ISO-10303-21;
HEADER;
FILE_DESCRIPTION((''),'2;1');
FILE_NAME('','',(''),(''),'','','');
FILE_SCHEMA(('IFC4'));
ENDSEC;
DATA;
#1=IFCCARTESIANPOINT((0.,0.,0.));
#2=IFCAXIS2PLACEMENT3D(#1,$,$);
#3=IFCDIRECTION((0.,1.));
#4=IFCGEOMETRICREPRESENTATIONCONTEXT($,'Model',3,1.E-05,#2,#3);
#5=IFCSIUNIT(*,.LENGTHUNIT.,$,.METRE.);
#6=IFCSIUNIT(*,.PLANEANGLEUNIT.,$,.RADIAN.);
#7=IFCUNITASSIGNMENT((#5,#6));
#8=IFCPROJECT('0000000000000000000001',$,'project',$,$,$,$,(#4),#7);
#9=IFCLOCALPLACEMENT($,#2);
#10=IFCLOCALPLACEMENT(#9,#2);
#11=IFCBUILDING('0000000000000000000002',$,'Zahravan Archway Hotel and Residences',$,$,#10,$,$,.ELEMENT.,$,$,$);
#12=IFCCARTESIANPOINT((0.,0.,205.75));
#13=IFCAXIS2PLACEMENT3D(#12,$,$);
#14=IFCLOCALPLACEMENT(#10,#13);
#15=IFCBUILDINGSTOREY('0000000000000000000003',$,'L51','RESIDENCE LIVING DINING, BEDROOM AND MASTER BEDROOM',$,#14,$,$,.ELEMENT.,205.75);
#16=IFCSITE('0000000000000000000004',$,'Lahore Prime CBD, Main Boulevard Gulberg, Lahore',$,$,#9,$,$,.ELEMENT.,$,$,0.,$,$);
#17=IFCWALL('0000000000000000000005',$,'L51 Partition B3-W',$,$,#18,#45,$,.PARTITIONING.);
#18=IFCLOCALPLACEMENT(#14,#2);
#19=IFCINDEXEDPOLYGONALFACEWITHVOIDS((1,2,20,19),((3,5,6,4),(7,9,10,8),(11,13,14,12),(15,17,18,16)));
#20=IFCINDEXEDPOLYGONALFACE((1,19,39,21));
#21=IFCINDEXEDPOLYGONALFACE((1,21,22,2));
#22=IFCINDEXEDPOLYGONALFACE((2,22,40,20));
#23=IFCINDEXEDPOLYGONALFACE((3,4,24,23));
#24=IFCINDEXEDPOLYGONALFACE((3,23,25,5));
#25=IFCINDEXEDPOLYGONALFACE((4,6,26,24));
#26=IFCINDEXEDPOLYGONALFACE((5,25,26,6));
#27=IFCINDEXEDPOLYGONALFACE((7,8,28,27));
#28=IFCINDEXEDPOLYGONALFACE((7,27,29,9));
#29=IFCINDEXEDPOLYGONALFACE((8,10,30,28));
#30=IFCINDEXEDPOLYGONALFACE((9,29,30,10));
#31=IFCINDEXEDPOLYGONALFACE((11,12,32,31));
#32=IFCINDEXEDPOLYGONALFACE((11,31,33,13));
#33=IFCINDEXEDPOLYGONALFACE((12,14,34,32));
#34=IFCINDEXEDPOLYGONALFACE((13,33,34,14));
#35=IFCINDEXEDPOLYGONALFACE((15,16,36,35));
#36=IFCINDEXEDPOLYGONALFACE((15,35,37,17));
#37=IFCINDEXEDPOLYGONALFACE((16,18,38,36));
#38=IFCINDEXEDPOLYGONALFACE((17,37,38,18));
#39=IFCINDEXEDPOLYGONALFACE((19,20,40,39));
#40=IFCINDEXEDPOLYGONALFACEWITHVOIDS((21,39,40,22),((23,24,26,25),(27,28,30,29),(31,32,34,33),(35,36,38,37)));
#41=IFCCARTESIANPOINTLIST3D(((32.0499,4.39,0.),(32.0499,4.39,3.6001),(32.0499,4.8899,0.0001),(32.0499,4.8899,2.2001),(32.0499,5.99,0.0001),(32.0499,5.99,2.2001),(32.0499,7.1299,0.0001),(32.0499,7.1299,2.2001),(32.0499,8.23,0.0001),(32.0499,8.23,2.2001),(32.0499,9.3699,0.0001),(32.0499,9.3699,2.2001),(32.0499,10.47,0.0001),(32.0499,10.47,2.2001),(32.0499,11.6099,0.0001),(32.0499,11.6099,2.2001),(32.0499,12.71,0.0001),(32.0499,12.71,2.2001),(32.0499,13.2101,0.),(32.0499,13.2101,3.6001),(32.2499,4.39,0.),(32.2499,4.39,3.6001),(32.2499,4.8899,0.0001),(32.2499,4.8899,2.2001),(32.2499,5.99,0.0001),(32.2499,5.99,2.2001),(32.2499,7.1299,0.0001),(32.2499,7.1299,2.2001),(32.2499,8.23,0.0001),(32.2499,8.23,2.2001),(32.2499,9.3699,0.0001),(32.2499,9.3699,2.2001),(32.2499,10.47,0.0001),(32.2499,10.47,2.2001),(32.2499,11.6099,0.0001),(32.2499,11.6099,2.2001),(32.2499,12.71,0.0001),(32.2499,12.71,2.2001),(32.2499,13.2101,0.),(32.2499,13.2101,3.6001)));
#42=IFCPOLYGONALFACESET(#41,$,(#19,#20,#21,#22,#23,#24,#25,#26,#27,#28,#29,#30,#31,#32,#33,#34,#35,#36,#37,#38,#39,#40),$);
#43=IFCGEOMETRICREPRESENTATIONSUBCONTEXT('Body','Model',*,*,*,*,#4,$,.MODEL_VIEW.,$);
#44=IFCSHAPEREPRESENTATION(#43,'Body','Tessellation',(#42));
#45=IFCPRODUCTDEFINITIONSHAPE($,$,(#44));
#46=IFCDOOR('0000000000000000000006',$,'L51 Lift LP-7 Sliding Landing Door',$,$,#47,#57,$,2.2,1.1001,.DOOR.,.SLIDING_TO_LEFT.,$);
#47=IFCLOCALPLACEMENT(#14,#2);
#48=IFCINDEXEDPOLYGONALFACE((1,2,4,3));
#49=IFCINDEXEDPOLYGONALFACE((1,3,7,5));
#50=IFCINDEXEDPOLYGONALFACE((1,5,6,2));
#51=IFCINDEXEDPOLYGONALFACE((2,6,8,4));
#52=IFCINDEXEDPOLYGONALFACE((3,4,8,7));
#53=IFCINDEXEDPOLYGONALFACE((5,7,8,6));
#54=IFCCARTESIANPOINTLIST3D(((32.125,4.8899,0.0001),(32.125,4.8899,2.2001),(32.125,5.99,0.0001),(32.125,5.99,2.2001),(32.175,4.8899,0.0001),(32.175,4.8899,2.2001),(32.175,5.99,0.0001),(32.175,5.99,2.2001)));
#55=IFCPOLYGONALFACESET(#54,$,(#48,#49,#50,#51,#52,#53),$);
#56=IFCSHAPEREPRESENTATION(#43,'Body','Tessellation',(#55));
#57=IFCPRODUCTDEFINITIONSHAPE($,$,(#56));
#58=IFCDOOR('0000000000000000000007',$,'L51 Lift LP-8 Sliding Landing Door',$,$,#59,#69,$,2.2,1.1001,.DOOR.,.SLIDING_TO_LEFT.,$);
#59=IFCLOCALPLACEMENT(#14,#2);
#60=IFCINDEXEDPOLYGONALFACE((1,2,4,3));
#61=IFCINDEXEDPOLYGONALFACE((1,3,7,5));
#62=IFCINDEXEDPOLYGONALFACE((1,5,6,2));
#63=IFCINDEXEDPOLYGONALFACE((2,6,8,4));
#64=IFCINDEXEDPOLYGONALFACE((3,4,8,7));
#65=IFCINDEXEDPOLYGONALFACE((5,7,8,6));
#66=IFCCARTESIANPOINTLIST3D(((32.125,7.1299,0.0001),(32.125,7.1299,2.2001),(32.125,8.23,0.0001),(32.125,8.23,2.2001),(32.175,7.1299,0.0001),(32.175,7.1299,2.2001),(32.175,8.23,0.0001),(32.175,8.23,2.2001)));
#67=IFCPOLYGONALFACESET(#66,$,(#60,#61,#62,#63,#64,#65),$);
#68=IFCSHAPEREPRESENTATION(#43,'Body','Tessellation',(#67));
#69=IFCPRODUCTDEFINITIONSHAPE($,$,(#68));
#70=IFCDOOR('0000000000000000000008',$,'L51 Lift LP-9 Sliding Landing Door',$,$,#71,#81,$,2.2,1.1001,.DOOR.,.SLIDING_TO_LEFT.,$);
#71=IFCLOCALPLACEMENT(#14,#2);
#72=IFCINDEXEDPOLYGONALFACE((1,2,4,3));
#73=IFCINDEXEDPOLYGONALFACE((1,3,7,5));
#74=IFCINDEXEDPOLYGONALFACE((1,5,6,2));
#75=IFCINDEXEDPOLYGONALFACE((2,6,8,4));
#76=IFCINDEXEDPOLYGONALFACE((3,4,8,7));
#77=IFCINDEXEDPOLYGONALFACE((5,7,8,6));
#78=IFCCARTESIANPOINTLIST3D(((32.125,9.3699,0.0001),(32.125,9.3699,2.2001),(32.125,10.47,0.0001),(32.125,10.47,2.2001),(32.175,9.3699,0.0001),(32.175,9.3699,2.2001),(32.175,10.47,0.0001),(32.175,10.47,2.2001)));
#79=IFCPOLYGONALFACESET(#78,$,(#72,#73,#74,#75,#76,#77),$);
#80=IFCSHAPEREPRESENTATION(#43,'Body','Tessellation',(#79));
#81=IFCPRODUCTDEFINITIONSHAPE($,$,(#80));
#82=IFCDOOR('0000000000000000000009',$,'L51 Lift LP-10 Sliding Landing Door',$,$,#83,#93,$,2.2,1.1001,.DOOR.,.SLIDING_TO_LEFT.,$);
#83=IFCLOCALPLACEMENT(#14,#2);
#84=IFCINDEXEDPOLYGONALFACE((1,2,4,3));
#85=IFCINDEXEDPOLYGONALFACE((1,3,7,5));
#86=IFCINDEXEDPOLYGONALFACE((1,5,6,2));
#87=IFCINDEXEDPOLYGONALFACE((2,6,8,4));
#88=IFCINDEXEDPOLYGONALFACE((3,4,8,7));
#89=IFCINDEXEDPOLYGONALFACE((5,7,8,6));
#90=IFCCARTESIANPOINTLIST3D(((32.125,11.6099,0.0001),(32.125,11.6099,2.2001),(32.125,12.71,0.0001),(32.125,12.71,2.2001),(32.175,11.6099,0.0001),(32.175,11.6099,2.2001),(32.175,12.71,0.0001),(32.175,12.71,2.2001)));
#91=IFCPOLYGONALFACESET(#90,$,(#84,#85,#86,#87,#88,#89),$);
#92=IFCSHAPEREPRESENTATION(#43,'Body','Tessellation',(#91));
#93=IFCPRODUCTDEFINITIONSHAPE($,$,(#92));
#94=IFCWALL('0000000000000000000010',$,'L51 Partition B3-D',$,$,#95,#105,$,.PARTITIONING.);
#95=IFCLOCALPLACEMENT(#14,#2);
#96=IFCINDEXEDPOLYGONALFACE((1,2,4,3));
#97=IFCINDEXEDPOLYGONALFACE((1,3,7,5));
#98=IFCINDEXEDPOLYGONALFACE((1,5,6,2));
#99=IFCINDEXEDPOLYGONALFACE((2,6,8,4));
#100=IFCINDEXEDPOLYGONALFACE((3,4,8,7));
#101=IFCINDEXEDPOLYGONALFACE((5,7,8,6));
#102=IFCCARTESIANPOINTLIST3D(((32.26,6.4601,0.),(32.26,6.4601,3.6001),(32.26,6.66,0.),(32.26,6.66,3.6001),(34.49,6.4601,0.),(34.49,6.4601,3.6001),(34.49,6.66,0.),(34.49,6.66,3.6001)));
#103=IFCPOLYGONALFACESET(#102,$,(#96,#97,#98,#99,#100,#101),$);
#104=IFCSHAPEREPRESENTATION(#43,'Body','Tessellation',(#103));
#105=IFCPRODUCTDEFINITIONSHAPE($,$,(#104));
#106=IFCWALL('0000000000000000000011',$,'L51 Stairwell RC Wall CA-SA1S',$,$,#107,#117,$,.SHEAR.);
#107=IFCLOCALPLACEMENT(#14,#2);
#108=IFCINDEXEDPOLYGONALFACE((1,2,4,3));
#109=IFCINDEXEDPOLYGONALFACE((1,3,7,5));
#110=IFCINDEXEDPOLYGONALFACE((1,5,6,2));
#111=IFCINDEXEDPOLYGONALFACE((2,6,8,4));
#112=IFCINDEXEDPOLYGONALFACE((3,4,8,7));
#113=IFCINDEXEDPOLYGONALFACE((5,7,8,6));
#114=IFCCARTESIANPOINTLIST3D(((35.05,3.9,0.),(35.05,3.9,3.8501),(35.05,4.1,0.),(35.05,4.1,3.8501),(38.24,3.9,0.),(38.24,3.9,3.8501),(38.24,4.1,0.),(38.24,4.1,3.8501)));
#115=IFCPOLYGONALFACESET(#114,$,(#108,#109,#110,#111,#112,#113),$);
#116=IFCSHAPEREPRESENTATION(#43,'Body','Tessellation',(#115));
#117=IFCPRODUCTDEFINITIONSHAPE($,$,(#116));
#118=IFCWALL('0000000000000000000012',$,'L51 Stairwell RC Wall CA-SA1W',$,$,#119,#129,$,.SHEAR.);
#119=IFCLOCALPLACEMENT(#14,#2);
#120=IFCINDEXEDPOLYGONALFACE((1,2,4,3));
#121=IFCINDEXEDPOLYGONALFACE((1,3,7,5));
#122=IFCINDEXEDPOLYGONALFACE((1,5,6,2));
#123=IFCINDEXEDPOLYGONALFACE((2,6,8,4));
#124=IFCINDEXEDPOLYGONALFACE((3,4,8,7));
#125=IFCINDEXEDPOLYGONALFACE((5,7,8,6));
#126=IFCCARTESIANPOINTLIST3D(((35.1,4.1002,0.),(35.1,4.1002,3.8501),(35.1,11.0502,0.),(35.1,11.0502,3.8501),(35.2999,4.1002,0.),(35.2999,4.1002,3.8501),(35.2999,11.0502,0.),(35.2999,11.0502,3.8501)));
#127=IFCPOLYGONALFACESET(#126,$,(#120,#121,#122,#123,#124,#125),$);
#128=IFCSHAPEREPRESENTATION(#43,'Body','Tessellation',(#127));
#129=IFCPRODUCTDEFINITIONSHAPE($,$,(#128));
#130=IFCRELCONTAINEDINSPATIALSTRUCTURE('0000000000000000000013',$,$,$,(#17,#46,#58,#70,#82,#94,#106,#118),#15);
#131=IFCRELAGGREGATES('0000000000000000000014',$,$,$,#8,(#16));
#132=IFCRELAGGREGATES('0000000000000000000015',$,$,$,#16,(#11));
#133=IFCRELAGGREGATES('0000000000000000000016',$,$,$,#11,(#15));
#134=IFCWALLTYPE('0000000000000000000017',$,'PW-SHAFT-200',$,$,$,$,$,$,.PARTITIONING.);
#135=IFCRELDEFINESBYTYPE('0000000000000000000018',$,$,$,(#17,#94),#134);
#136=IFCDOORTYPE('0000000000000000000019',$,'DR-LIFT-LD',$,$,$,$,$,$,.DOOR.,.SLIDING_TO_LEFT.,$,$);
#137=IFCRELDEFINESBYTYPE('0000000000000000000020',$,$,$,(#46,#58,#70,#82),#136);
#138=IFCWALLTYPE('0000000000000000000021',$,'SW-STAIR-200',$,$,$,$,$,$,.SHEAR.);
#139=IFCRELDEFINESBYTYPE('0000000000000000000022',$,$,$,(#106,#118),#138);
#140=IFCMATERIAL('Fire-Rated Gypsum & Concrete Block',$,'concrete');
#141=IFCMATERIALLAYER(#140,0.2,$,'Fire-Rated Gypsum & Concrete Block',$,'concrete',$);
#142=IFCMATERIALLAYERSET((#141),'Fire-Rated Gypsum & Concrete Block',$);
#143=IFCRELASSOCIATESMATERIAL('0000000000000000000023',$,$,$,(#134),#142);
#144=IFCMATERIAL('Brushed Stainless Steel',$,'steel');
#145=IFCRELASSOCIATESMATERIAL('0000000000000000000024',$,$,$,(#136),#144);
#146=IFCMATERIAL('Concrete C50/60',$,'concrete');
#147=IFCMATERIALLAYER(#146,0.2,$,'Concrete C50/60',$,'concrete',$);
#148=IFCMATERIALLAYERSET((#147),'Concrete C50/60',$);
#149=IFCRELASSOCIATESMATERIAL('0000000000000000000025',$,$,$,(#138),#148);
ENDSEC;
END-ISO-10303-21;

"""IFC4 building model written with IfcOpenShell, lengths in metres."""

from ifc_helpers import new_model, si_unit, direction, frame, frame_2d, origin, place, context, subcontext, project, spatial, rectangle, extrude, source, transform, mapped, material, layer, layer_set, type_object, type_shapes, element, fill, save


model = new_model("IFC4")

# Units and contexts
model_context = context("Model", 3, precision=1e-05, world=origin(), true_north=direction((0.0, 1.0)))
body_context = subcontext(model_context, "Body", "Model", "MODEL_VIEW")
ifc_project = project(units=[si_unit("LENGTHUNIT", "METRE"), si_unit("PLANEANGLEUNIT", "RADIAN")], contexts=[model_context])

# Site, building, storey
site_placement = place(None, origin())
site = spatial("IfcSite", under=ifc_project, at=site_placement, Name="Lahore Prime CBD, Main Boulevard Gulberg, Lahore", CompositionType="ELEMENT", RefElevation=0.0)
building_placement = place(site_placement, origin())
building = spatial("IfcBuilding", under=site, at=building_placement, Name="Zahravan Archway Hotel and Residences", CompositionType="ELEMENT")
storey_placement = place(building_placement, frame((0.0, 0.0, 205.75)))
storey = spatial("IfcBuildingStorey", under=building, at=storey_placement, Name="L51", Description="RESIDENCE LIVING DINING, BEDROOM AND MASTER BEDROOM", CompositionType="ELEMENT", Elevation=205.75)

# Shared definitions
ifc_material_1 = material(Name="Fire-Rated Gypsum & Concrete Block", Category="concrete")

# Shared definitions
ifc_layer_1 = layer(ifc_material_1, 0.2, Name="Fire-Rated Gypsum & Concrete Block", Category="concrete")
ifc_layer_set_1 = layer_set([ifc_layer_1], Name="Fire-Rated Gypsum & Concrete Block")
wall_type_1 = type_object("IfcWallType", Name="PW-SHAFT-200", PredefinedType="PARTITIONING", material=ifc_layer_set_1)

# Wall, openings, doors
wall_1_placement = place(storey_placement, frame((32.1499, 4.3899, 0.0), z_axis=(0.0, 0.0, 1.0), x_axis=(0.0, 1.0, 0.0)))
wall_1 = element("IfcWall", 1, at=wall_1_placement, inside=storey, type_object=wall_type_1, Name="L51 Partition B3-W", PredefinedType="PARTITIONING", context=body_context, shape_type="SweptSolid", body=[
    extrude(rectangle(XDim=8.8201, YDim=0.2, at=frame_2d((4.4102, 0.0))), origin(), (0.0, 0.0, 1.0), 3.6001),
])
opening_1_placement = place(wall_1_placement, frame((0.5, 0.0, 0.0)))
opening_1 = element("IfcOpeningElement", 2, at=opening_1_placement, cuts=wall_1, PredefinedType="OPENING", context=body_context, shape_type="SweptSolid", body=[
    extrude(rectangle(XDim=1.1001, YDim=2.2, at=frame_2d((0.55, 1.1001))), frame((0.0, 0.1099, 0.0), z_axis=(0.0, -1.0, 0.0), x_axis=(1.0, 0.0, 0.0)), (0.0, 0.0, 1.0), 0.22),
])
opening_2_placement = place(wall_1_placement, frame((2.74, 0.0, 0.0)))
opening_2 = element("IfcOpeningElement", 3, at=opening_2_placement, cuts=wall_1, PredefinedType="OPENING", context=body_context, shape_type="SweptSolid", body=[
    extrude(rectangle(XDim=1.1001, YDim=2.2, at=frame_2d((0.55, 1.1001))), frame((0.0, 0.1099, 0.0), z_axis=(0.0, -1.0, 0.0), x_axis=(1.0, 0.0, 0.0)), (0.0, 0.0, 1.0), 0.22),
])
opening_3_placement = place(wall_1_placement, frame((4.98, 0.0, 0.0)))
opening_3 = element("IfcOpeningElement", 4, at=opening_3_placement, cuts=wall_1, PredefinedType="OPENING", context=body_context, shape_type="SweptSolid", body=[
    extrude(rectangle(XDim=1.1001, YDim=2.2, at=frame_2d((0.55, 1.1001))), frame((0.0, 0.1099, 0.0), z_axis=(0.0, -1.0, 0.0), x_axis=(1.0, 0.0, 0.0)), (0.0, 0.0, 1.0), 0.22),
])
opening_4_placement = place(wall_1_placement, frame((7.22, 0.0, 0.0)))
opening_4 = element("IfcOpeningElement", 5, at=opening_4_placement, cuts=wall_1, PredefinedType="OPENING", context=body_context, shape_type="SweptSolid", body=[
    extrude(rectangle(XDim=1.1001, YDim=2.2, at=frame_2d((0.55, 1.1001))), frame((0.0, 0.1099, 0.0), z_axis=(0.0, -1.0, 0.0), x_axis=(1.0, 0.0, 0.0)), (0.0, 0.0, 1.0), 0.22),
])
ifc_material_2 = material(Name="Brushed Stainless Steel", Category="steel")
door_type_1 = type_object("IfcDoorType", Name="DR-LIFT-LD", OperationType="SLIDING_TO_LEFT", PredefinedType="DOOR", material=ifc_material_2)
shared_shape_1 = source(origin(), body_context, "Body", "SweptSolid", [
    extrude(rectangle(XDim=1.1001, YDim=2.2, at=frame_2d((0.55, 1.1001))), frame((0.0, 0.0249, 0.0), z_axis=(0.0, -1.0, 0.0), x_axis=(1.0, 0.0, 0.0)), (0.0, 0.0, 1.0), 0.05),
])
type_shapes(door_type_1, [shared_shape_1])
door_1_placement = place(opening_1_placement, origin())
door_1 = element("IfcDoor", 6, at=door_1_placement, inside=storey, type_object=door_type_1, Name="L51 Lift LP-7 Sliding Landing Door", OperationType="SLIDING_TO_LEFT", OverallHeight=2.2, OverallWidth=1.1001, PredefinedType="DOOR", context=body_context, shape_type="MappedRepresentation", body=[
    mapped(shared_shape_1, transform((0.0, 0.0, 0.0), scale=1.0)),
])
fill(opening_1, door_1)
door_2_placement = place(opening_2_placement, origin())
door_2 = element("IfcDoor", 7, at=door_2_placement, inside=storey, type_object=door_type_1, Name="L51 Lift LP-8 Sliding Landing Door", OperationType="SLIDING_TO_LEFT", OverallHeight=2.2, OverallWidth=1.1001, PredefinedType="DOOR", context=body_context, shape_type="MappedRepresentation", body=[
    mapped(shared_shape_1, transform((0.0, 0.0, 0.0), scale=1.0)),
])
fill(opening_2, door_2)
door_3_placement = place(opening_3_placement, origin())
door_3 = element("IfcDoor", 8, at=door_3_placement, inside=storey, type_object=door_type_1, Name="L51 Lift LP-9 Sliding Landing Door", OperationType="SLIDING_TO_LEFT", OverallHeight=2.2, OverallWidth=1.1001, PredefinedType="DOOR", context=body_context, shape_type="MappedRepresentation", body=[
    mapped(shared_shape_1, transform((0.0, 0.0, 0.0), scale=1.0)),
])
fill(opening_3, door_3)
door_4_placement = place(opening_4_placement, origin())
door_4 = element("IfcDoor", 9, at=door_4_placement, inside=storey, type_object=door_type_1, Name="L51 Lift LP-10 Sliding Landing Door", OperationType="SLIDING_TO_LEFT", OverallHeight=2.2, OverallWidth=1.1001, PredefinedType="DOOR", context=body_context, shape_type="MappedRepresentation", body=[
    mapped(shared_shape_1, transform((0.0, 0.0, 0.0), scale=1.0)),
])
fill(opening_4, door_4)

# Walls
wall_2_placement = place(storey_placement, frame((32.26, 6.5601, 0.0), z_axis=(0.0, 0.0, 1.0), x_axis=(1.0, 0.0, 0.0)))
element("IfcWall", 10, at=wall_2_placement, inside=storey, type_object=wall_type_1, Name="L51 Partition B3-D", PredefinedType="PARTITIONING", context=body_context, shape_type="SweptSolid", body=[
    extrude(rectangle(XDim=2.23, YDim=0.2, at=frame_2d((1.115, 0.0))), origin(), (0.0, 0.0, 1.0), 3.6001),
])
ifc_material_3 = material(Name="Concrete C50/60", Category="concrete")
ifc_layer_2 = layer(ifc_material_3, 0.2, Name="Concrete C50/60", Category="concrete")
ifc_layer_set_2 = layer_set([ifc_layer_2], Name="Concrete C50/60")
wall_type_2 = type_object("IfcWallType", Name="SW-STAIR-200", PredefinedType="SHEAR", material=ifc_layer_set_2)
wall_3_placement = place(storey_placement, frame((35.05, 4.0, 0.0), z_axis=(0.0, 0.0, 1.0), x_axis=(1.0, 0.0, 0.0)))
element("IfcWall", 11, at=wall_3_placement, inside=storey, type_object=wall_type_2, Name="L51 Stairwell RC Wall CA-SA1S", PredefinedType="SHEAR", context=body_context, shape_type="SweptSolid", body=[
    extrude(rectangle(XDim=3.1899, YDim=0.2, at=frame_2d((1.595, 0.0))), origin(), (0.0, 0.0, 1.0), 3.8501),
])
wall_4_placement = place(storey_placement, frame((35.2, 4.1001, 0.0), z_axis=(0.0, 0.0, 1.0), x_axis=(0.0, 1.0, 0.0)))
element("IfcWall", 12, at=wall_4_placement, inside=storey, type_object=wall_type_2, Name="L51 Stairwell RC Wall CA-SA1W", PredefinedType="SHEAR", context=body_context, shape_type="SweptSolid", body=[
    extrude(rectangle(XDim=6.95, YDim=0.2, at=frame_2d((3.4751, 0.0))), origin(), (0.0, 0.0, 1.0), 3.8501),
])

save(model, "model.ifc")
